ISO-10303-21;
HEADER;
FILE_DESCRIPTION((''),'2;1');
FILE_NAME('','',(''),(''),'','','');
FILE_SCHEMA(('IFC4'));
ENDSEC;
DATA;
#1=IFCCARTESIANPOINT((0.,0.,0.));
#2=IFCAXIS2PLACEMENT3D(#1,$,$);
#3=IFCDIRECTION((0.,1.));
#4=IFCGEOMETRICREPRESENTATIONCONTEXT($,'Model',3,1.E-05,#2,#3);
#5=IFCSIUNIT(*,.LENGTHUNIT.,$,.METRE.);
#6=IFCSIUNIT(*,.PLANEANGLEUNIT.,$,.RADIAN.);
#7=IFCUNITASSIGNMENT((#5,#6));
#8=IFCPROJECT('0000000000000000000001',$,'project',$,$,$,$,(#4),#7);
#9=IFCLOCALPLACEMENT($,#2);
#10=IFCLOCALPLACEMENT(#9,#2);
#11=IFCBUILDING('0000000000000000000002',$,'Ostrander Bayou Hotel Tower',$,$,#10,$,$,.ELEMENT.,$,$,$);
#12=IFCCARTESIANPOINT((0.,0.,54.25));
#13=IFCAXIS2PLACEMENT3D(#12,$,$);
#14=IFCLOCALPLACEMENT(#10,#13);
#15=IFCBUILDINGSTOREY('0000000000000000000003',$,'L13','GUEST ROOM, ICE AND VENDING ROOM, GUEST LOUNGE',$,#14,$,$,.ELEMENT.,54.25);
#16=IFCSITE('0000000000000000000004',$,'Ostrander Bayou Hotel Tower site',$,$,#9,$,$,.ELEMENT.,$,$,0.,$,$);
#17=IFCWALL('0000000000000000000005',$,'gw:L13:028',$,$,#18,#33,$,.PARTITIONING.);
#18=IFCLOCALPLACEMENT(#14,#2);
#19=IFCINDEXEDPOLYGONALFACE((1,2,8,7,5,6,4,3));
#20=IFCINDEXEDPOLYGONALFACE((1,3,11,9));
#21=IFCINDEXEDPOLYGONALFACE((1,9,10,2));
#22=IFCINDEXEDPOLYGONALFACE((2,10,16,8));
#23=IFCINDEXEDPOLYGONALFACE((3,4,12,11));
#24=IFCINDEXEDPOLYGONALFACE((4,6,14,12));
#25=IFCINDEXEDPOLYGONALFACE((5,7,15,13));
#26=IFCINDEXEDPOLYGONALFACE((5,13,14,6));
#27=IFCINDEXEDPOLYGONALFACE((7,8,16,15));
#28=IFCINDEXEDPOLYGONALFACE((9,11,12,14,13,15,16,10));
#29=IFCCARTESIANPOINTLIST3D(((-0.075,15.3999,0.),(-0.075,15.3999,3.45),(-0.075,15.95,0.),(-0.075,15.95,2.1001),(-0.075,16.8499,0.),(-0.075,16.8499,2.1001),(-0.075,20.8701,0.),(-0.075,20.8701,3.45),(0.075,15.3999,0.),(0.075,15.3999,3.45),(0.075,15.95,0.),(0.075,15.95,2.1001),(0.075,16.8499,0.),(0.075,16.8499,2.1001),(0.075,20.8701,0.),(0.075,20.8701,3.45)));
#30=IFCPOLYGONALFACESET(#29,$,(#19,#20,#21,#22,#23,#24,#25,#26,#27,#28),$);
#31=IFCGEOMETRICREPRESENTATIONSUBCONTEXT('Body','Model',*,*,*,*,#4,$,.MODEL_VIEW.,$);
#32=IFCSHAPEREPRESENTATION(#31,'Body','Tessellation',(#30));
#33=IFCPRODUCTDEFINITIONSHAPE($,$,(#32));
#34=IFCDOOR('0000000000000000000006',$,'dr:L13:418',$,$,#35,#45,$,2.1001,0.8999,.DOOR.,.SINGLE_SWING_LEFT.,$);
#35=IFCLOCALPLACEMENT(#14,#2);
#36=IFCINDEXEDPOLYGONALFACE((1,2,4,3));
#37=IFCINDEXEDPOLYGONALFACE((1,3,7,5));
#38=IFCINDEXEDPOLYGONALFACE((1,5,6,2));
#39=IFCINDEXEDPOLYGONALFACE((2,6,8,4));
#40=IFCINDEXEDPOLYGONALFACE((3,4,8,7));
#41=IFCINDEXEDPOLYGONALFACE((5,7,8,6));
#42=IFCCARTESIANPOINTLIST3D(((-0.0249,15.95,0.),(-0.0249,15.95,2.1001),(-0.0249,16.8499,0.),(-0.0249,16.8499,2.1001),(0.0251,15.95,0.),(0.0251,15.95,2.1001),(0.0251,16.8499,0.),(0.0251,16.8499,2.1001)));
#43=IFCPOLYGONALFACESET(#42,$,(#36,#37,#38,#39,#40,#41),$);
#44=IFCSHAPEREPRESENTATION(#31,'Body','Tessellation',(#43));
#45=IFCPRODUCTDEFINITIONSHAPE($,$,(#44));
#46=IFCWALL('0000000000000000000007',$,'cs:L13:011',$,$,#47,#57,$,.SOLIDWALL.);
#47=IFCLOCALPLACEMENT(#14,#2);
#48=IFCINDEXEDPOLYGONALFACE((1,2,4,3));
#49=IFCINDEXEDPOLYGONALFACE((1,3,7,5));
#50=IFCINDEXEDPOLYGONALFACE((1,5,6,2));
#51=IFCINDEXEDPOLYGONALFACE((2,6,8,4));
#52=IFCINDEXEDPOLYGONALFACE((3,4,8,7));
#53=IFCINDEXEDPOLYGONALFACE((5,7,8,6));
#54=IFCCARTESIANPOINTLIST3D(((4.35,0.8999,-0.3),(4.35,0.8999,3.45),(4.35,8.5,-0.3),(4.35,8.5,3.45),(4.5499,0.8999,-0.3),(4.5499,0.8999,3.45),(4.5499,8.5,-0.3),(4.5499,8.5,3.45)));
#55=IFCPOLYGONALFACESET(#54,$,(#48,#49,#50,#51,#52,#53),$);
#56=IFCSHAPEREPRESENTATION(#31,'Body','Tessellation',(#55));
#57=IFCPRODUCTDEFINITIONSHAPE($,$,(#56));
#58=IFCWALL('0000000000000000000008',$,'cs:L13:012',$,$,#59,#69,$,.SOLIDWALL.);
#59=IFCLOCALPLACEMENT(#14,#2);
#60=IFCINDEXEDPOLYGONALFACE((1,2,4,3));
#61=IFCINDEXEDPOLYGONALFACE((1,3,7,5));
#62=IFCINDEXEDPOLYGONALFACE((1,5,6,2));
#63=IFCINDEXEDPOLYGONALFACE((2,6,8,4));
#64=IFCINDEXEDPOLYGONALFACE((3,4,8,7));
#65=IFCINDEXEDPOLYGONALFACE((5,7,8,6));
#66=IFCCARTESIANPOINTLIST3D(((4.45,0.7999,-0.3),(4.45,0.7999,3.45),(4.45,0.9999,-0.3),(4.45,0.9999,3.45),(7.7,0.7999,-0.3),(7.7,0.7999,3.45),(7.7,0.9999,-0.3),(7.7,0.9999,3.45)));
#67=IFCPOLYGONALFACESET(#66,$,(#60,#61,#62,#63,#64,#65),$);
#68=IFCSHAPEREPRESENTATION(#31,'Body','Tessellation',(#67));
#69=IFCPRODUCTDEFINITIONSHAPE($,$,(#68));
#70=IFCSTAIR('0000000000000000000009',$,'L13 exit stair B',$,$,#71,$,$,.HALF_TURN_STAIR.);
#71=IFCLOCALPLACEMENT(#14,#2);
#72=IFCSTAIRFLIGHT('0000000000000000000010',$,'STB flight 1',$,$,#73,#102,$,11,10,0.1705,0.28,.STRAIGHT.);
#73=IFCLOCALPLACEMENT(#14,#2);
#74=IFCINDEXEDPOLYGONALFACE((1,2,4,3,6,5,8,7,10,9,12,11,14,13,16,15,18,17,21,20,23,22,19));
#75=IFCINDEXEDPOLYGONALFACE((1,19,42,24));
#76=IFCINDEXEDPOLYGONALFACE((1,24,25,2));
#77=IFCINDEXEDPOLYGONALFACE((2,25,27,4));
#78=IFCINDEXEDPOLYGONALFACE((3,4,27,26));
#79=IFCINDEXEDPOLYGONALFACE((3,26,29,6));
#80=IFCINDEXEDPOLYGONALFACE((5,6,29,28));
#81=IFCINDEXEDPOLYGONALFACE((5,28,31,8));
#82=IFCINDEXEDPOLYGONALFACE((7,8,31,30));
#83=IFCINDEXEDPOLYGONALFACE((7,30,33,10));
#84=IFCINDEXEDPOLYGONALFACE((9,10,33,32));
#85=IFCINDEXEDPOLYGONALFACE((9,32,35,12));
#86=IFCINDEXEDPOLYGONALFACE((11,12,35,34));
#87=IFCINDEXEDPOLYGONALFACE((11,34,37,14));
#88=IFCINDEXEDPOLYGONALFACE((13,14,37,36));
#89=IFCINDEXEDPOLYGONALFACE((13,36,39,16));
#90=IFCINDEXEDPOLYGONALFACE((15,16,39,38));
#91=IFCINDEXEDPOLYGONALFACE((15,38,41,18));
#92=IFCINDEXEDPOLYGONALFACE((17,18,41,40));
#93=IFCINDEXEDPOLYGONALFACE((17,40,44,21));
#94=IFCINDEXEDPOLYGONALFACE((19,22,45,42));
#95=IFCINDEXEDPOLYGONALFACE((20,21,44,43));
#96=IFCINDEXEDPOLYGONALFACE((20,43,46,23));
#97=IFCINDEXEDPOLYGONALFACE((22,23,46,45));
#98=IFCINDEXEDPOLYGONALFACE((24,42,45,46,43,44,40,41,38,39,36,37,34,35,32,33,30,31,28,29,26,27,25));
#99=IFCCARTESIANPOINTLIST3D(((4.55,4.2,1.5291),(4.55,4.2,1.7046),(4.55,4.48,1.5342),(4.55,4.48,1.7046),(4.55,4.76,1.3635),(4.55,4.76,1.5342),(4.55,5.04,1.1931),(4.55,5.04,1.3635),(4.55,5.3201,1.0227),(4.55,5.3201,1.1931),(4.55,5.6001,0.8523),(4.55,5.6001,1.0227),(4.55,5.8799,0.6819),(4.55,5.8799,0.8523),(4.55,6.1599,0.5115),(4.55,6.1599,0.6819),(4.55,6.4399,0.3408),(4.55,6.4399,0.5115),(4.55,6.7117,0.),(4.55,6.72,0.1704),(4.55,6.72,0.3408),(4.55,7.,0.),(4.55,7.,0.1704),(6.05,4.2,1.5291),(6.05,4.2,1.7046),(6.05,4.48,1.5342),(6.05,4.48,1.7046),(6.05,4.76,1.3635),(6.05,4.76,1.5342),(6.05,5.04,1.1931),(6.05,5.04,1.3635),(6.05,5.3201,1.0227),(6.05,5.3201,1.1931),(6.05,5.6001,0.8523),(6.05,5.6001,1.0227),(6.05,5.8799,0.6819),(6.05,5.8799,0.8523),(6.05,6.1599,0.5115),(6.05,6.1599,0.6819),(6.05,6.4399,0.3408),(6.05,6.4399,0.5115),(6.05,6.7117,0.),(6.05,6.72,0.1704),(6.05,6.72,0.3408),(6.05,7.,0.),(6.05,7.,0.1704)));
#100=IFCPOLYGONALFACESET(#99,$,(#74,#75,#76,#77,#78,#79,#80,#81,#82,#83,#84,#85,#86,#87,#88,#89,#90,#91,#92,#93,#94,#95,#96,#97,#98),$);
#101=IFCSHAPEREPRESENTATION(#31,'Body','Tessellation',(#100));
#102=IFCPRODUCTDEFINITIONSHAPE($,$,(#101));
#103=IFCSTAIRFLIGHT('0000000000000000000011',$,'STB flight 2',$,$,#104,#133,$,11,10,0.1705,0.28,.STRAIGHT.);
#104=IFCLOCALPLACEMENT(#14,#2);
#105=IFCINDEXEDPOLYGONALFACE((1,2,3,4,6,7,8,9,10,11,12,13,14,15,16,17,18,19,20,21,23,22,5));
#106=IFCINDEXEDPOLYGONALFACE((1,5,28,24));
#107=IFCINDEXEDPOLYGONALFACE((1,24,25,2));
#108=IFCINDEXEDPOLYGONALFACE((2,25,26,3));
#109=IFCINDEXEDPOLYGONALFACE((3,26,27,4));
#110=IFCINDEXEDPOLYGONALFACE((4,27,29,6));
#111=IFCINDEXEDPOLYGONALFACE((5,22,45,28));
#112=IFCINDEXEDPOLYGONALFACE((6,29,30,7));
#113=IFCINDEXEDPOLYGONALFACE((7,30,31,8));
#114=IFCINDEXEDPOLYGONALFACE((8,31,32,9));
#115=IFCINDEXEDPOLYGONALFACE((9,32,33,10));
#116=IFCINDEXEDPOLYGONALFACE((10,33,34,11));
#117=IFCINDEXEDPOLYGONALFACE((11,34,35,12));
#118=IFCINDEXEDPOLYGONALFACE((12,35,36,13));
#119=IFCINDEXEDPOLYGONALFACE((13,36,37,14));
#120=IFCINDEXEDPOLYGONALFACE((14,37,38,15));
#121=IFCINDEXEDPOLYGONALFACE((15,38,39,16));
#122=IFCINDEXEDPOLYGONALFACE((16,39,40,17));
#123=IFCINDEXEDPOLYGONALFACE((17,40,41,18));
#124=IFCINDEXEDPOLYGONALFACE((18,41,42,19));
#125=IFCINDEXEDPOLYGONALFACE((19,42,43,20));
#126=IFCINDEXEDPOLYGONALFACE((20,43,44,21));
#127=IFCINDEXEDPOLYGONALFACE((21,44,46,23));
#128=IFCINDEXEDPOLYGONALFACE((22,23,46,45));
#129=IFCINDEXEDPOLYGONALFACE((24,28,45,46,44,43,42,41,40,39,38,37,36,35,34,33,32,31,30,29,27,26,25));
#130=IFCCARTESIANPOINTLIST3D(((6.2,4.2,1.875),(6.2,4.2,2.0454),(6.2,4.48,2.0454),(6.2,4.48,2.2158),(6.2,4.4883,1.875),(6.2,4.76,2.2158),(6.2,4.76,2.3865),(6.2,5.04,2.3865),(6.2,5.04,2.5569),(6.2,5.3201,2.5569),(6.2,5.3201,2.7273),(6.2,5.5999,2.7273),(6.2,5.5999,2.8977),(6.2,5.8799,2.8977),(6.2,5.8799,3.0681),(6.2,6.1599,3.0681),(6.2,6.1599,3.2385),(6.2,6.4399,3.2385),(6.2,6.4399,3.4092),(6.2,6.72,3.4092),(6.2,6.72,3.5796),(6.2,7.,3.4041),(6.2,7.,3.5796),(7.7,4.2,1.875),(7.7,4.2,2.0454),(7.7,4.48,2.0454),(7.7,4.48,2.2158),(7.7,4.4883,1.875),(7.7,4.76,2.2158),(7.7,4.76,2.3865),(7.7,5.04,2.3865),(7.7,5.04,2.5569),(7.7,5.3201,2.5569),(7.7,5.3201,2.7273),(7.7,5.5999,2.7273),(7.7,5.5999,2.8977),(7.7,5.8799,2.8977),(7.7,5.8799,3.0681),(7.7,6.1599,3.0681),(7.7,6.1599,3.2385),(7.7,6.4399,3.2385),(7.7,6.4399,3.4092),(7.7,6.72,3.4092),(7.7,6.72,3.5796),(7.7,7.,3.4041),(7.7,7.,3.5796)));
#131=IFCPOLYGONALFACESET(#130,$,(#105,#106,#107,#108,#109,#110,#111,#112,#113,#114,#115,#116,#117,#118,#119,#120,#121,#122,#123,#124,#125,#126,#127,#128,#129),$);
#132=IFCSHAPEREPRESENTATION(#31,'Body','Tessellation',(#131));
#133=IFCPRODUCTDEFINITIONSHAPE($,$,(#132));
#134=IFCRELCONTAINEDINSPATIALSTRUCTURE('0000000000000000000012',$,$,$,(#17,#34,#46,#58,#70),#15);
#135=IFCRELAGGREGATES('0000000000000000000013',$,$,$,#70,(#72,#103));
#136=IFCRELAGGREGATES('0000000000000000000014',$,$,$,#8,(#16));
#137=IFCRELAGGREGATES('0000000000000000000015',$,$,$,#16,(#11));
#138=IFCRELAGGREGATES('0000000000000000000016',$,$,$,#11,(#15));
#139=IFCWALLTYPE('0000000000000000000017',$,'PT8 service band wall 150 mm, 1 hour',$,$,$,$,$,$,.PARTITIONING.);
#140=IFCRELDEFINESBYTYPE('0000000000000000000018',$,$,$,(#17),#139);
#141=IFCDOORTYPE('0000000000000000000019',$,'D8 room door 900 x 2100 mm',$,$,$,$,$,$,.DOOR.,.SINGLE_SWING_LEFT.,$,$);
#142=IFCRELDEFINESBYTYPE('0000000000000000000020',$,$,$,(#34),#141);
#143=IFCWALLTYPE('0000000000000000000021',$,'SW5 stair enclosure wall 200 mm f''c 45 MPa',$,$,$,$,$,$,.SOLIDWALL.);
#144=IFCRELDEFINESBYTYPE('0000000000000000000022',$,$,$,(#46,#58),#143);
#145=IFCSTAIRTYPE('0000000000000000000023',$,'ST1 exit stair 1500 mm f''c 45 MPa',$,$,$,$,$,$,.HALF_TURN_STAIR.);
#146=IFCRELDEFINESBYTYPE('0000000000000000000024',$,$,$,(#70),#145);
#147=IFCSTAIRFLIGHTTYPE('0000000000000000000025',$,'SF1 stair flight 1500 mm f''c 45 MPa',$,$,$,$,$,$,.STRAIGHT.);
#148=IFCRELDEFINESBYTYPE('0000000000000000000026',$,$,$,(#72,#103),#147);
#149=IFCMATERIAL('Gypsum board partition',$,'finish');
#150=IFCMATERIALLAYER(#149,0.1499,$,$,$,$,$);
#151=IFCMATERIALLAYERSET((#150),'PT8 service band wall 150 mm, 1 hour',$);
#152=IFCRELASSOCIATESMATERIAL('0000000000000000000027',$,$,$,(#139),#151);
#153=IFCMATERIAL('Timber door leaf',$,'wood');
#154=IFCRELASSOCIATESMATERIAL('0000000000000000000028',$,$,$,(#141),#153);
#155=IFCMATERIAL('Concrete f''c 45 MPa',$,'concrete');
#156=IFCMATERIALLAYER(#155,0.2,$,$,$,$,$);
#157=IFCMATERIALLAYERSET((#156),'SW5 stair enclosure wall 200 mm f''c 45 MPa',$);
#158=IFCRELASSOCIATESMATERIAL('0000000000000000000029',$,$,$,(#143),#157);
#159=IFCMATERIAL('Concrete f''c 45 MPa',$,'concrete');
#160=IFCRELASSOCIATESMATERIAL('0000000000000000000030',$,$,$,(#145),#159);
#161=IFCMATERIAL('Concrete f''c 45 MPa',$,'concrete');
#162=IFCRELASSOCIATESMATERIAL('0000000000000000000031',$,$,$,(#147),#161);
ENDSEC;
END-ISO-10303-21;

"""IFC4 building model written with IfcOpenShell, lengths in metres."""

from ifc_helpers import new_model, si_unit, direction, frame, frame_2d, origin, place, context, subcontext, project, spatial, polyline, rectangle, outline, extrude, material, layer, layer_set, type_object, element, fill, aggregate, save


model = new_model("IFC4")

# Units and contexts
model_context = context("Model", 3, precision=1e-05, world=origin(), true_north=direction((0.0, 1.0)))
body_context = subcontext(model_context, "Body", "Model", "MODEL_VIEW")
ifc_project = project(units=[si_unit("LENGTHUNIT", "METRE"), si_unit("PLANEANGLEUNIT", "RADIAN")], contexts=[model_context])

# Site, building, storey
site_placement = place(None, origin())
site = spatial("IfcSite", under=ifc_project, at=site_placement, Name="Ostrander Bayou Hotel Tower site", CompositionType="ELEMENT", RefElevation=0.0)
building_placement = place(site_placement, origin())
building = spatial("IfcBuilding", under=site, at=building_placement, Name="Ostrander Bayou Hotel Tower", CompositionType="ELEMENT")
storey_placement = place(building_placement, frame((0.0, 0.0, 54.25)))
storey = spatial("IfcBuildingStorey", under=building, at=storey_placement, Name="L13", Description="GUEST ROOM, ICE AND VENDING ROOM, GUEST LOUNGE", CompositionType="ELEMENT", Elevation=54.25)

# Shared definitions
ifc_material_1 = material(Name="Gypsum board partition", Category="finish")
ifc_layer_1 = layer(ifc_material_1, 0.1499)
ifc_layer_set_1 = layer_set([ifc_layer_1], Name="PT8 service band wall 150 mm, 1 hour")
wall_type_1 = type_object("IfcWallType", Name="PT8 service band wall 150 mm, 1 hour", PredefinedType="PARTITIONING", material=ifc_layer_set_1)

# Wall, opening, door
wall_1_placement = place(storey_placement, frame((0.0, 15.3999, 0.0), z_axis=(0.0, 0.0, 1.0), x_axis=(0.0, 1.0, 0.0)))
wall_1 = element("IfcWall", 1, at=wall_1_placement, inside=storey, type_object=wall_type_1, Name="gw:L13:028", PredefinedType="PARTITIONING", context=body_context, shape_type="SweptSolid", body=[
    extrude(rectangle(XDim=5.4702, YDim=0.1499, at=frame_2d((2.7351, 0.0))), origin(), (0.0, 0.0, 1.0), 3.45),
])
opening_1_placement = place(wall_1_placement, frame((0.55, 0.0, 0.0)))
opening_1 = element("IfcOpeningElement", 2, at=opening_1_placement, cuts=wall_1, PredefinedType="OPENING", context=body_context, shape_type="SweptSolid", body=[
    extrude(rectangle(XDim=0.8999, YDim=2.1001, at=frame_2d((0.45, 1.05))), frame((0.0, 0.075, 0.0), z_axis=(0.0, -1.0, 0.0), x_axis=(1.0, 0.0, 0.0)), (0.0, 0.0, 1.0), 0.1499),
])
ifc_material_2 = material(Name="Timber door leaf", Category="wood")
door_type_1 = type_object("IfcDoorType", Name="D8 room door 900 x 2100 mm", OperationType="SINGLE_SWING_LEFT", PredefinedType="DOOR", material=ifc_material_2)
door_1_placement = place(opening_1_placement, origin())
door_1 = element("IfcDoor", 3, at=door_1_placement, inside=storey, type_object=door_type_1, Name="dr:L13:418", OperationType="SINGLE_SWING_LEFT", OverallHeight=2.1001, OverallWidth=0.8999, PredefinedType="DOOR", context=body_context, shape_type="SweptSolid", body=[
    extrude(rectangle(XDim=0.8999, YDim=2.1001, at=frame_2d((0.45, 1.05))), frame((0.0, 0.0249, 0.0), z_axis=(0.0, -1.0, 0.0), x_axis=(1.0, 0.0, 0.0)), (0.0, 0.0, 1.0), 0.05),
])
fill(opening_1, door_1)

# Walls
ifc_material_3 = material(Name="Concrete f'c 45 MPa", Category="concrete")
ifc_layer_2 = layer(ifc_material_3, 0.2)
ifc_layer_set_2 = layer_set([ifc_layer_2], Name="SW5 stair enclosure wall 200 mm f'c 45 MPa")
wall_type_2 = type_object("IfcWallType", Name="SW5 stair enclosure wall 200 mm f'c 45 MPa", PredefinedType="SOLIDWALL", material=ifc_layer_set_2)
wall_2_placement = place(storey_placement, frame((4.45, 0.8999, -0.3), z_axis=(0.0, 0.0, 1.0), x_axis=(0.0, 1.0, 0.0)))
element("IfcWall", 4, at=wall_2_placement, inside=storey, type_object=wall_type_2, Name="cs:L13:011", PredefinedType="SOLIDWALL", context=body_context, shape_type="SweptSolid", body=[
    extrude(rectangle(XDim=7.6001, YDim=0.2, at=frame_2d((3.8, 0.0))), origin(), (0.0, 0.0, 1.0), 3.75),
])
wall_3_placement = place(storey_placement, frame((4.45, 0.8999, -0.3), z_axis=(0.0, 0.0, 1.0), x_axis=(1.0, 0.0, 0.0)))
element("IfcWall", 5, at=wall_3_placement, inside=storey, type_object=wall_type_2, Name="cs:L13:012", PredefinedType="SOLIDWALL", context=body_context, shape_type="SweptSolid", body=[
    extrude(rectangle(XDim=3.25, YDim=0.2, at=frame_2d((1.625, 0.0))), origin(), (0.0, 0.0, 1.0), 3.75),
])

# Stair, stair flights
ifc_material_4 = material(Name="Concrete f'c 45 MPa", Category="concrete")
stair_type = type_object("IfcStairType", Name="ST1 exit stair 1500 mm f'c 45 MPa", PredefinedType="HALF_TURN_STAIR", material=ifc_material_4)
stair_placement = place(storey_placement, origin())
stair = element("IfcStair", 6, at=stair_placement, inside=storey, type_object=stair_type, Name="L13 exit stair B", PredefinedType="HALF_TURN_STAIR")
ifc_material_5 = material(Name="Concrete f'c 45 MPa", Category="concrete")
stair_flight_type = type_object("IfcStairFlightType", Name="SF1 stair flight 1500 mm f'c 45 MPa", PredefinedType="STRAIGHT", material=ifc_material_5)
stair_flight_1_placement = place(storey_placement, frame((5.3, 7.0, 0.0), z_axis=(0.0, 0.0, 1.0), x_axis=(0.0, -1.0, 0.0)))
stair_flight_1 = element("IfcStairFlight", 7, at=stair_flight_1_placement, type_object=stair_flight_type, Name="STB flight 1", NumberOfRisers=11, NumberOfTreads=10, PredefinedType="STRAIGHT", RiserHeight=0.1705, TreadLength=0.28, context=body_context, shape_type="SweptSolid", body=[
    extrude(outline(polyline([(0.0, 0.0), (0.0, 0.1704), (0.28, 0.1704), (0.28, 0.3408), (0.5601, 0.3408), (0.5601, 0.5115), (0.8401, 0.5115), (0.8401, 0.6819), (1.1201, 0.6819), (1.1201, 0.8523), (1.3999, 0.8523), (1.3999, 1.0227), (1.6799, 1.0227), (1.6799, 1.1931), (1.96, 1.1931), (1.96, 1.3635), (2.24, 1.3635), (2.24, 1.5342), (2.52, 1.5342), (2.52, 1.7046), (2.8, 1.7046), (2.8, 1.875), (2.8, 1.5291), (0.2883, 0.0), (0.0, 0.0)])), frame((0.0, 0.75, 0.0), z_axis=(0.0, -1.0, 0.0), x_axis=(1.0, 0.0, 0.0)), (0.0, 0.0, 1.0), 1.5),
])
stair_flight_2_placement = place(storey_placement, frame((6.95, 4.2, 1.875), z_axis=(0.0, 0.0, 1.0), x_axis=(0.0, 1.0, 0.0)))
stair_flight_2 = element("IfcStairFlight", 8, at=stair_flight_2_placement, type_object=stair_flight_type, Name="STB flight 2", NumberOfRisers=11, NumberOfTreads=10, PredefinedType="STRAIGHT", RiserHeight=0.1705, TreadLength=0.28, context=body_context, shape_type="SweptSolid", body=[
    extrude(outline(polyline([(0.0, 0.0), (0.0, 0.1704), (0.28, 0.1704), (0.28, 0.3408), (0.5601, 0.3408), (0.5601, 0.5115), (0.8401, 0.5115), (0.8401, 0.6819), (1.1201, 0.6819), (1.1201, 0.8523), (1.3999, 0.8523), (1.3999, 1.0227), (1.6799, 1.0227), (1.6799, 1.1931), (1.96, 1.1931), (1.96, 1.3635), (2.24, 1.3635), (2.24, 1.5342), (2.52, 1.5342), (2.52, 1.7046), (2.8, 1.7046), (2.8, 1.875), (2.8, 1.5291), (0.2883, 0.0), (0.0, 0.0)])), frame((0.0, 0.75, 0.0), z_axis=(0.0, -1.0, 0.0), x_axis=(1.0, 0.0, 0.0)), (0.0, 0.0, 1.0), 1.5),
])
aggregate(stair, [stair_flight_1, stair_flight_2])

save(model, "model.ifc")
